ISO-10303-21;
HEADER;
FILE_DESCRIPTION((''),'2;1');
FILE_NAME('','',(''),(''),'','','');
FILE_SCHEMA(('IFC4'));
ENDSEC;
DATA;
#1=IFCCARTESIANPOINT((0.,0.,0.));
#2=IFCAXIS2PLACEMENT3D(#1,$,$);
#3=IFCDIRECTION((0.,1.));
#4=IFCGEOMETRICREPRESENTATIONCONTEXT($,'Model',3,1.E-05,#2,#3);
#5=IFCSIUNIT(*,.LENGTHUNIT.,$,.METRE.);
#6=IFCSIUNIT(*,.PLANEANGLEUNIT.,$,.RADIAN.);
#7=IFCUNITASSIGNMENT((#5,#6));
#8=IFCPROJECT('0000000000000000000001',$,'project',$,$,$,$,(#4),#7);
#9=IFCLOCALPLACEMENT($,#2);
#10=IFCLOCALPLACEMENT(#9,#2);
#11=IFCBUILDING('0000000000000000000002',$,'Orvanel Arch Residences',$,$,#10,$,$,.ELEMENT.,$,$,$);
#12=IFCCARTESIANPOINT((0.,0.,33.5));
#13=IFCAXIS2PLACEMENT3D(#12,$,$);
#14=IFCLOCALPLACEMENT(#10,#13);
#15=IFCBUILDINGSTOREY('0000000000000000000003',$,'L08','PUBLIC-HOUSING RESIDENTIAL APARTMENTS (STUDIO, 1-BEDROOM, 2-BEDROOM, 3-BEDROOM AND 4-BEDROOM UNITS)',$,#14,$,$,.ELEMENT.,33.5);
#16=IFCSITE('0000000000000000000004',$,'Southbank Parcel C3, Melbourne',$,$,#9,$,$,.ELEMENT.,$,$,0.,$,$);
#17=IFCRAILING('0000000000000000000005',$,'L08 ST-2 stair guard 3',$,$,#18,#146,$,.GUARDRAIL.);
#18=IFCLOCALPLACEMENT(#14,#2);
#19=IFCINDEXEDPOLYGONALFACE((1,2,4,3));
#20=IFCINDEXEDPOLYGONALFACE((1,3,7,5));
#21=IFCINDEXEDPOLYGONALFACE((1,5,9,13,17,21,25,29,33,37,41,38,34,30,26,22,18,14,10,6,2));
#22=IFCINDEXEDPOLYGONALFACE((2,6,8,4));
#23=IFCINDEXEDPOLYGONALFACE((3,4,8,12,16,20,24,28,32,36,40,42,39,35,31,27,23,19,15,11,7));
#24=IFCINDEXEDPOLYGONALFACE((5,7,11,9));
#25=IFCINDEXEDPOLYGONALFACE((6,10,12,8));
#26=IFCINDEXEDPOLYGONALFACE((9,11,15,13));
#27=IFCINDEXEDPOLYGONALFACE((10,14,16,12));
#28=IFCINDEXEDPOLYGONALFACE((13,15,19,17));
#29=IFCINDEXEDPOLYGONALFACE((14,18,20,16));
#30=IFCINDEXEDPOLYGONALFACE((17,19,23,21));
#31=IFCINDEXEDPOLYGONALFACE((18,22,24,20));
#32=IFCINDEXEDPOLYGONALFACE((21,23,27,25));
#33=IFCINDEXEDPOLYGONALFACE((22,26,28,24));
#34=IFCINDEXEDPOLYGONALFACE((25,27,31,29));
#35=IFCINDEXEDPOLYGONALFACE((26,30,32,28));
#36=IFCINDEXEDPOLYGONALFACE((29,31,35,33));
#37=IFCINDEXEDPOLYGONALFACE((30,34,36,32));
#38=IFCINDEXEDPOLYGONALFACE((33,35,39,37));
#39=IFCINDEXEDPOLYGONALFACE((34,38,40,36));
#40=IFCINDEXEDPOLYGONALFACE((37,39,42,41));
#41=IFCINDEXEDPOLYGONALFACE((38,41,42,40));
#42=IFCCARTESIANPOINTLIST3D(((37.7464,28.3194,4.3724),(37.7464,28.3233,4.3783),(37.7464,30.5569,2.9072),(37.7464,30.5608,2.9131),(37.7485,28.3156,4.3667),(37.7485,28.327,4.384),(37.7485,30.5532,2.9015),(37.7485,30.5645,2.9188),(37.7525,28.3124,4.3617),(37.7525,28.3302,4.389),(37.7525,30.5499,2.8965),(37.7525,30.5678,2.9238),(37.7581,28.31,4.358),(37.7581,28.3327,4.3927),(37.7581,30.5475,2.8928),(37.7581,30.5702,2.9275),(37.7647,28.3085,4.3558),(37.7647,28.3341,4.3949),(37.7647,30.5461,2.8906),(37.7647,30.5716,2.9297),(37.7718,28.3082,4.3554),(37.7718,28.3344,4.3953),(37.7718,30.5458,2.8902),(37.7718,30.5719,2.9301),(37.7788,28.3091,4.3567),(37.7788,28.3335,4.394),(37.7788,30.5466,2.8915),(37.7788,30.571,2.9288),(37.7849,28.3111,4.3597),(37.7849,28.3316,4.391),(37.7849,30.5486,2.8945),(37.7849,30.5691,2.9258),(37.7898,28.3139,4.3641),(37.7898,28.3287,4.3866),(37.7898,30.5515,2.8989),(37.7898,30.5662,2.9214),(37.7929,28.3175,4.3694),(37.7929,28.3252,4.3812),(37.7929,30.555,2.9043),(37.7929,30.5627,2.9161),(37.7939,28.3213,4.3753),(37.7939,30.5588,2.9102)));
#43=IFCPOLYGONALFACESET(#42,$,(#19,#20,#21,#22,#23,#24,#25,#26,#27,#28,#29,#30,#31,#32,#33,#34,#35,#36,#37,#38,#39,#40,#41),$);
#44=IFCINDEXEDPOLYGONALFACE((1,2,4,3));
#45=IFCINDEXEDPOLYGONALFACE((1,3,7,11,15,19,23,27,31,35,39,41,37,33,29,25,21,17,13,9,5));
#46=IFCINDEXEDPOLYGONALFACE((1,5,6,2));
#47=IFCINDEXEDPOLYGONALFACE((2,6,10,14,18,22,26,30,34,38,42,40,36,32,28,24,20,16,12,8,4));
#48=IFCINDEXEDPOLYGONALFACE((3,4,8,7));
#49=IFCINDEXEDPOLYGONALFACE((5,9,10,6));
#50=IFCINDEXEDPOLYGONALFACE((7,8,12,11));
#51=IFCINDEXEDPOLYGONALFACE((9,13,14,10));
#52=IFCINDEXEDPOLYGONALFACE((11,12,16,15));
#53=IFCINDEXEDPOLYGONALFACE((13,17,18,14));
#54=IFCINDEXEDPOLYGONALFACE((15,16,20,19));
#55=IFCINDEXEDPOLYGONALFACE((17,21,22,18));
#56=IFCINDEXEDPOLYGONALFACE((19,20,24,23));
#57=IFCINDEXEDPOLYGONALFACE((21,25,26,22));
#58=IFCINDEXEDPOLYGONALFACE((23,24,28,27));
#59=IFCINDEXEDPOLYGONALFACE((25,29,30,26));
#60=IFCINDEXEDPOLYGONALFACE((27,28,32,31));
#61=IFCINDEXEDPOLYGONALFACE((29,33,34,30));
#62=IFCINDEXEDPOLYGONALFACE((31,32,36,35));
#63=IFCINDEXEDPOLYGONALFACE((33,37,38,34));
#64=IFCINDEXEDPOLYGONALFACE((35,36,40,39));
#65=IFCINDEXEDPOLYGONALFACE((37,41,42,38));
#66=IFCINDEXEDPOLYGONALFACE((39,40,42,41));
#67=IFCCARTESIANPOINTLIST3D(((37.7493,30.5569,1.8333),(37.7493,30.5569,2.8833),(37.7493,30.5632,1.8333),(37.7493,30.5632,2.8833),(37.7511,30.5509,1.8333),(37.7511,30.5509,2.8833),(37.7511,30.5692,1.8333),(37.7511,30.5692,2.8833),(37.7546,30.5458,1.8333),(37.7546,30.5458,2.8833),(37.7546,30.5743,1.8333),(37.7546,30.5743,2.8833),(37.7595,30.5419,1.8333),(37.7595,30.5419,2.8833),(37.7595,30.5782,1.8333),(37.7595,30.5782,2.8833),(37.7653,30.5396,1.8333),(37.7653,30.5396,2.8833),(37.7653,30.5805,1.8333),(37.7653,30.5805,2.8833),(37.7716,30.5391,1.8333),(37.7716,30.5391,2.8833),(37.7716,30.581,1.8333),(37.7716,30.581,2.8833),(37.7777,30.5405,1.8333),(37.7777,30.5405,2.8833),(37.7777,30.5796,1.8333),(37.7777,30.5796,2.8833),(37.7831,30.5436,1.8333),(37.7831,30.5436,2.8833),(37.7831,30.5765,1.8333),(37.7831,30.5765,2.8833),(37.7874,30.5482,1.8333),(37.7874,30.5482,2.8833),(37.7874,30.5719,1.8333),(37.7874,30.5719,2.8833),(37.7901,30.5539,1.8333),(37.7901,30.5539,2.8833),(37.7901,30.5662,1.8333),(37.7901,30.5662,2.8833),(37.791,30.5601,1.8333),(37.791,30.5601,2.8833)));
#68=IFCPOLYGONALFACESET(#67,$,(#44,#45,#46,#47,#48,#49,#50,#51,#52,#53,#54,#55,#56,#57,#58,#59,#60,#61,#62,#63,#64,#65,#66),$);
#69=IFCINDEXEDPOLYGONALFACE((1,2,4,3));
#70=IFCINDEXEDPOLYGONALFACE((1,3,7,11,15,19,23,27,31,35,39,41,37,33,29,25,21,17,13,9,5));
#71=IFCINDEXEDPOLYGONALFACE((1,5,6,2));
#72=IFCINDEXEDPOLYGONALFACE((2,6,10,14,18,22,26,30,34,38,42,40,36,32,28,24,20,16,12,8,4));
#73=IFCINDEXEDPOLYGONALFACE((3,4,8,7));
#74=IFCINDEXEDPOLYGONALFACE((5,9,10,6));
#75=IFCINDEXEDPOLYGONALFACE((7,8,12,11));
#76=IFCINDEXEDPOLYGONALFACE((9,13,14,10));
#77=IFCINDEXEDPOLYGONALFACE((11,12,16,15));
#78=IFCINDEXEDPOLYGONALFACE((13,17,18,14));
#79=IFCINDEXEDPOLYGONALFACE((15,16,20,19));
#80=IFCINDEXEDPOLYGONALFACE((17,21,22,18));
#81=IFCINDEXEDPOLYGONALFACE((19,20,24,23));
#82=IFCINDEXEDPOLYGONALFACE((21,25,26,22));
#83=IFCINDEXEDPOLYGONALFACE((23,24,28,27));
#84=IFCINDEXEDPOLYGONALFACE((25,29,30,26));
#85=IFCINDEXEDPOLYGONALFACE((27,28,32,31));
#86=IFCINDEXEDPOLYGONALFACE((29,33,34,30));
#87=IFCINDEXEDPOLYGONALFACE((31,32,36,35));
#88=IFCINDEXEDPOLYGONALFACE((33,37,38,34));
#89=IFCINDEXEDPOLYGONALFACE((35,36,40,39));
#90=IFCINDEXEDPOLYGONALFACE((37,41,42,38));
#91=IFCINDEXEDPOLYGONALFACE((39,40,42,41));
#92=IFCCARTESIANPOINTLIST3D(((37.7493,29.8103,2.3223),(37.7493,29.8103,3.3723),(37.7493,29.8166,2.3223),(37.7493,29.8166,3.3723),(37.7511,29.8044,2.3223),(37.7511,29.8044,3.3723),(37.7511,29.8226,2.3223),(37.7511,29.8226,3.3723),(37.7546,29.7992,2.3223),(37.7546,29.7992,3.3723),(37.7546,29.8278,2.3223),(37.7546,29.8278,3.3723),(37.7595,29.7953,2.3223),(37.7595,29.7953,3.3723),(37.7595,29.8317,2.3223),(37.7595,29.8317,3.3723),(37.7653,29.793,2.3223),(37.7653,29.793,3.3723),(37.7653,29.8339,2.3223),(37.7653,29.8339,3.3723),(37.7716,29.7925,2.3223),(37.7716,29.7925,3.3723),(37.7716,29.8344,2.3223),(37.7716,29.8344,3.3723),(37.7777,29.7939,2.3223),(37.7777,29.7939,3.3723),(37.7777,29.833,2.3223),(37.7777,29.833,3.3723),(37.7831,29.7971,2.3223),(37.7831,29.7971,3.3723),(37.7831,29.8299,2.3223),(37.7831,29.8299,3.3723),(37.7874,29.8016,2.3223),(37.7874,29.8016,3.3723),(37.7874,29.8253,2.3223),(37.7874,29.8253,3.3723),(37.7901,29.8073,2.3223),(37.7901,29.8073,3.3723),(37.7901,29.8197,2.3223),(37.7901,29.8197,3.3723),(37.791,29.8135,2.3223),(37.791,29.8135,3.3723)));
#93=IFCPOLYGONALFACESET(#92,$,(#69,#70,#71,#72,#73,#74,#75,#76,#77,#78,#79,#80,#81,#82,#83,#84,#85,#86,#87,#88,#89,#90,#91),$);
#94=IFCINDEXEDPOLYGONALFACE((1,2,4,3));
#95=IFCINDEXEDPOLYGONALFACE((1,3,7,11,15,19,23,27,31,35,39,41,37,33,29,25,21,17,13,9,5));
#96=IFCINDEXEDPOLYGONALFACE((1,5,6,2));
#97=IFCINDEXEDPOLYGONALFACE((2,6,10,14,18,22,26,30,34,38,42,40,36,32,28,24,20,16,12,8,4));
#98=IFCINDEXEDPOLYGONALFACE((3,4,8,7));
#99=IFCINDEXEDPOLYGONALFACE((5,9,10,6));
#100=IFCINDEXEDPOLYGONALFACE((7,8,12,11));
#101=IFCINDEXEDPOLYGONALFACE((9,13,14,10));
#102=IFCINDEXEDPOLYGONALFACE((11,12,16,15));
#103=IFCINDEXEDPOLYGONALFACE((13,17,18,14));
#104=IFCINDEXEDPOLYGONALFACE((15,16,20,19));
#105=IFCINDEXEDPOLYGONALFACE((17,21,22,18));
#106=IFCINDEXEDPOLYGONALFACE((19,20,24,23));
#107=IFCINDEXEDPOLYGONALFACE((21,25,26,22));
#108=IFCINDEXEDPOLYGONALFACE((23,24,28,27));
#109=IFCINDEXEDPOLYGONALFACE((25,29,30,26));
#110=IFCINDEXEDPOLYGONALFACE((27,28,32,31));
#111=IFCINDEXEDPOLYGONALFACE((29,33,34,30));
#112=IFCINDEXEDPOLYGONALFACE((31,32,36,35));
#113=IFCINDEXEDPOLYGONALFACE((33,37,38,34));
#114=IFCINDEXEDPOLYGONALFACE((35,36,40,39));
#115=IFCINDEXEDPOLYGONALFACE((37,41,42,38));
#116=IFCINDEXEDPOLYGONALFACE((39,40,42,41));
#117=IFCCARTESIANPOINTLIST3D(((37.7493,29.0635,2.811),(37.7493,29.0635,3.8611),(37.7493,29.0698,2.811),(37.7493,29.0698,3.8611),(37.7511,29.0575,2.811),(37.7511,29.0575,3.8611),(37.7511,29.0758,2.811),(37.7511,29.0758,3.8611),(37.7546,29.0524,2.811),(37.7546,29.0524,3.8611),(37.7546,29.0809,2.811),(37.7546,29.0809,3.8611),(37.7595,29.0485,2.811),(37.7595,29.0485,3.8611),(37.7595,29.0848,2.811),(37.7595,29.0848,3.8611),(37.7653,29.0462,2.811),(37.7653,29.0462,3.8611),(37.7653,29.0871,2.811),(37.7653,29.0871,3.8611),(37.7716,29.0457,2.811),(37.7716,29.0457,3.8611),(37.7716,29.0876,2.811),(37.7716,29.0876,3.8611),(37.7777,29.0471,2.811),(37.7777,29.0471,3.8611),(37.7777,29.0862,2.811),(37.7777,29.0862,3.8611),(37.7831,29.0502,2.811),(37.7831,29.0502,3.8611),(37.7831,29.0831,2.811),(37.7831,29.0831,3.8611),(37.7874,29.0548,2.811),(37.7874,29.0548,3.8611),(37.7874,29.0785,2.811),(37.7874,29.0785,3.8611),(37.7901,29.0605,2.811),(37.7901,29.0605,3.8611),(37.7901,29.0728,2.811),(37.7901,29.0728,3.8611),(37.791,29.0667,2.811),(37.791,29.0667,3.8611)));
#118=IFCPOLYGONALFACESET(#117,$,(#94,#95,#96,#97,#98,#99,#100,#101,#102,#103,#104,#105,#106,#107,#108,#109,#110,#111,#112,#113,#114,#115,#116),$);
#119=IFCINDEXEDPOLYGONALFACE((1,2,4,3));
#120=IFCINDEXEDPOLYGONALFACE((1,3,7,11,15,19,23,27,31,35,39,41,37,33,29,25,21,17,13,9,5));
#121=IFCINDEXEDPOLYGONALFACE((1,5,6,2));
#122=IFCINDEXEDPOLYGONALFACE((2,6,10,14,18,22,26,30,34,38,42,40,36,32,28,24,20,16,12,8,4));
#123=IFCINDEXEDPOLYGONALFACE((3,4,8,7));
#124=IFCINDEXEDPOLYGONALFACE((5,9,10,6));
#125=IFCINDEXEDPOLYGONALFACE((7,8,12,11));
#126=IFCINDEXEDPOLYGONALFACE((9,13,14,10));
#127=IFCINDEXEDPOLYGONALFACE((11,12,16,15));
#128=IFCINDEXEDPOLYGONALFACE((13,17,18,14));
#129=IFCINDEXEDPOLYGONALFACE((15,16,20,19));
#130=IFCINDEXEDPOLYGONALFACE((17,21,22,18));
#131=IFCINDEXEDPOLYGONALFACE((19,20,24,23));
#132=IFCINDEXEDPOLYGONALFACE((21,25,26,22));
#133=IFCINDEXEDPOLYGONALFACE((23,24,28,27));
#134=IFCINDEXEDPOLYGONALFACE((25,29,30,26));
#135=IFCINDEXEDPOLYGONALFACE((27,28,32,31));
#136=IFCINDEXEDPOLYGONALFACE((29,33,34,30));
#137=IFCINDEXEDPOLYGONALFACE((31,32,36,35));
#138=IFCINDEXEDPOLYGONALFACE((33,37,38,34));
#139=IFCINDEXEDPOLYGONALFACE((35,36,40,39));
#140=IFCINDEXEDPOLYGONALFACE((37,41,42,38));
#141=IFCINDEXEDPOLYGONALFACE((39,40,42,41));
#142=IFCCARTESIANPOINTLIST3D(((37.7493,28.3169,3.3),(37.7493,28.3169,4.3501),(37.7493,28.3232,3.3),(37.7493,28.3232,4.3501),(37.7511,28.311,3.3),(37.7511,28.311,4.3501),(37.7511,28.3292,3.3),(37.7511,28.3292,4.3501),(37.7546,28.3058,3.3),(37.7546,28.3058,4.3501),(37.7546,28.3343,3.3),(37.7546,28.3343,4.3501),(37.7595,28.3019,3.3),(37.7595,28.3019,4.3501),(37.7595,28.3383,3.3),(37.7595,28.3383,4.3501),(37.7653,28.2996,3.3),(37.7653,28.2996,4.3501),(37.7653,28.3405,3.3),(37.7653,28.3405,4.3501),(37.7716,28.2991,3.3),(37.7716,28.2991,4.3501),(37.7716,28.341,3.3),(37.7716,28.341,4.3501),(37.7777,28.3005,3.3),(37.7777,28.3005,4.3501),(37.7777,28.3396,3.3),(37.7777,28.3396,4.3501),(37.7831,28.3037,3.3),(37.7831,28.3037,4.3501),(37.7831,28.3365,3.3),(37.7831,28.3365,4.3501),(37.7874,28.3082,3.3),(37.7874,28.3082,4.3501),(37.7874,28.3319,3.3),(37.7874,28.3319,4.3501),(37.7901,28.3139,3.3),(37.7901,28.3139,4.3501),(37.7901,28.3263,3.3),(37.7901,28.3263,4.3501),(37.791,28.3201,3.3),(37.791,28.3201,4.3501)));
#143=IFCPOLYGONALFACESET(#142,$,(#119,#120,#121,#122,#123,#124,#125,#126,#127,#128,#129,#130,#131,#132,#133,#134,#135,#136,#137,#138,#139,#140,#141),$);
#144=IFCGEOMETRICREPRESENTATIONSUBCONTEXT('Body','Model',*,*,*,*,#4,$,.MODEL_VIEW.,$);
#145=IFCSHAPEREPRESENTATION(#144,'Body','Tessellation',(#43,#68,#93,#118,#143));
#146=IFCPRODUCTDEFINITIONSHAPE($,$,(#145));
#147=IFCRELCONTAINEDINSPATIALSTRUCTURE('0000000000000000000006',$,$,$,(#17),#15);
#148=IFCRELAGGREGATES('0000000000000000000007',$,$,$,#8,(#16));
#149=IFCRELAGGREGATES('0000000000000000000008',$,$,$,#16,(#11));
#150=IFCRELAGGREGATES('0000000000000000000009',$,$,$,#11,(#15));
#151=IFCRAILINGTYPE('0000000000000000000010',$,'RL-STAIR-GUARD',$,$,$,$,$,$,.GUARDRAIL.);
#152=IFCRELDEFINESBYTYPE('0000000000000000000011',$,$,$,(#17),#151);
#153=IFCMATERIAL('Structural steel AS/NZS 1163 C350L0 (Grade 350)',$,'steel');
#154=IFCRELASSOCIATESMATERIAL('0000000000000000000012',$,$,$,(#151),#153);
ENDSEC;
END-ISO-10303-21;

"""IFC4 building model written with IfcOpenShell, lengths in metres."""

from ifc_helpers import new_model, si_unit, direction, frame, origin, origin_2d, place, context, subcontext, project, spatial, circle, extrude, material, type_object, element, save


model = new_model("IFC4")

# Units and contexts
model_context = context("Model", 3, precision=1e-05, world=origin(), true_north=direction((0.0, 1.0)))
body_context = subcontext(model_context, "Body", "Model", "MODEL_VIEW")
ifc_project = project(units=[si_unit("LENGTHUNIT", "METRE"), si_unit("PLANEANGLEUNIT", "RADIAN")], contexts=[model_context])

# Site, building, storey
site_placement = place(None, origin())
site = spatial("IfcSite", under=ifc_project, at=site_placement, Name="Southbank Parcel C3, Melbourne", CompositionType="ELEMENT", RefElevation=0.0)
building_placement = place(site_placement, origin())
building = spatial("IfcBuilding", under=site, at=building_placement, Name="Orvanel Arch Residences", CompositionType="ELEMENT")
storey_placement = place(building_placement, frame((0.0, 0.0, 33.5)))
storey = spatial("IfcBuildingStorey", under=building, at=storey_placement, Name="L08", Description="PUBLIC-HOUSING RESIDENTIAL APARTMENTS (STUDIO, 1-BEDROOM, 2-BEDROOM, 3-BEDROOM AND 4-BEDROOM UNITS)", CompositionType="ELEMENT", Elevation=33.5)

# Railing
ifc_material_1 = material(Name="Structural steel AS/NZS 1163 C350L0 (Grade 350)", Category="steel")
railing_type_1 = type_object("IfcRailingType", Name="RL-STAIR-GUARD", PredefinedType="GUARDRAIL", material=ifc_material_1)
railing_1_placement = place(storey_placement, frame((37.77, 30.5601, 1.8333)))
element("IfcRailing", 1, at=railing_1_placement, inside=storey, type_object=railing_type_1, Name="L08 ST-2 stair guard 3", PredefinedType="GUARDRAIL", context=body_context, shape_type="SweptSolid", body=[
    extrude(circle(Radius=0.0239, at=origin_2d()), frame((0.0, -0.0012, 1.0769), z_axis=(0.0, -0.836595, 0.547822), x_axis=(1.0, 0.0, 0.0)), (0.0, 0.0, 1.0), 2.6746),
    extrude(circle(Radius=0.021, at=origin_2d()), origin(), (0.0, 0.0, 1.0), 1.05),
    extrude(circle(Radius=0.021, at=origin_2d()), frame((0.0, -0.7466, 0.489)), (0.0, 0.0, 1.0), 1.05),
    extrude(circle(Radius=0.021, at=origin_2d()), frame((0.0, -1.4934, 0.9778)), (0.0, 0.0, 1.0), 1.05),
    extrude(circle(Radius=0.021, at=origin_2d()), frame((0.0, -2.24, 1.4668)), (0.0, 0.0, 1.0), 1.05),
])

save(model, "model.ifc")
